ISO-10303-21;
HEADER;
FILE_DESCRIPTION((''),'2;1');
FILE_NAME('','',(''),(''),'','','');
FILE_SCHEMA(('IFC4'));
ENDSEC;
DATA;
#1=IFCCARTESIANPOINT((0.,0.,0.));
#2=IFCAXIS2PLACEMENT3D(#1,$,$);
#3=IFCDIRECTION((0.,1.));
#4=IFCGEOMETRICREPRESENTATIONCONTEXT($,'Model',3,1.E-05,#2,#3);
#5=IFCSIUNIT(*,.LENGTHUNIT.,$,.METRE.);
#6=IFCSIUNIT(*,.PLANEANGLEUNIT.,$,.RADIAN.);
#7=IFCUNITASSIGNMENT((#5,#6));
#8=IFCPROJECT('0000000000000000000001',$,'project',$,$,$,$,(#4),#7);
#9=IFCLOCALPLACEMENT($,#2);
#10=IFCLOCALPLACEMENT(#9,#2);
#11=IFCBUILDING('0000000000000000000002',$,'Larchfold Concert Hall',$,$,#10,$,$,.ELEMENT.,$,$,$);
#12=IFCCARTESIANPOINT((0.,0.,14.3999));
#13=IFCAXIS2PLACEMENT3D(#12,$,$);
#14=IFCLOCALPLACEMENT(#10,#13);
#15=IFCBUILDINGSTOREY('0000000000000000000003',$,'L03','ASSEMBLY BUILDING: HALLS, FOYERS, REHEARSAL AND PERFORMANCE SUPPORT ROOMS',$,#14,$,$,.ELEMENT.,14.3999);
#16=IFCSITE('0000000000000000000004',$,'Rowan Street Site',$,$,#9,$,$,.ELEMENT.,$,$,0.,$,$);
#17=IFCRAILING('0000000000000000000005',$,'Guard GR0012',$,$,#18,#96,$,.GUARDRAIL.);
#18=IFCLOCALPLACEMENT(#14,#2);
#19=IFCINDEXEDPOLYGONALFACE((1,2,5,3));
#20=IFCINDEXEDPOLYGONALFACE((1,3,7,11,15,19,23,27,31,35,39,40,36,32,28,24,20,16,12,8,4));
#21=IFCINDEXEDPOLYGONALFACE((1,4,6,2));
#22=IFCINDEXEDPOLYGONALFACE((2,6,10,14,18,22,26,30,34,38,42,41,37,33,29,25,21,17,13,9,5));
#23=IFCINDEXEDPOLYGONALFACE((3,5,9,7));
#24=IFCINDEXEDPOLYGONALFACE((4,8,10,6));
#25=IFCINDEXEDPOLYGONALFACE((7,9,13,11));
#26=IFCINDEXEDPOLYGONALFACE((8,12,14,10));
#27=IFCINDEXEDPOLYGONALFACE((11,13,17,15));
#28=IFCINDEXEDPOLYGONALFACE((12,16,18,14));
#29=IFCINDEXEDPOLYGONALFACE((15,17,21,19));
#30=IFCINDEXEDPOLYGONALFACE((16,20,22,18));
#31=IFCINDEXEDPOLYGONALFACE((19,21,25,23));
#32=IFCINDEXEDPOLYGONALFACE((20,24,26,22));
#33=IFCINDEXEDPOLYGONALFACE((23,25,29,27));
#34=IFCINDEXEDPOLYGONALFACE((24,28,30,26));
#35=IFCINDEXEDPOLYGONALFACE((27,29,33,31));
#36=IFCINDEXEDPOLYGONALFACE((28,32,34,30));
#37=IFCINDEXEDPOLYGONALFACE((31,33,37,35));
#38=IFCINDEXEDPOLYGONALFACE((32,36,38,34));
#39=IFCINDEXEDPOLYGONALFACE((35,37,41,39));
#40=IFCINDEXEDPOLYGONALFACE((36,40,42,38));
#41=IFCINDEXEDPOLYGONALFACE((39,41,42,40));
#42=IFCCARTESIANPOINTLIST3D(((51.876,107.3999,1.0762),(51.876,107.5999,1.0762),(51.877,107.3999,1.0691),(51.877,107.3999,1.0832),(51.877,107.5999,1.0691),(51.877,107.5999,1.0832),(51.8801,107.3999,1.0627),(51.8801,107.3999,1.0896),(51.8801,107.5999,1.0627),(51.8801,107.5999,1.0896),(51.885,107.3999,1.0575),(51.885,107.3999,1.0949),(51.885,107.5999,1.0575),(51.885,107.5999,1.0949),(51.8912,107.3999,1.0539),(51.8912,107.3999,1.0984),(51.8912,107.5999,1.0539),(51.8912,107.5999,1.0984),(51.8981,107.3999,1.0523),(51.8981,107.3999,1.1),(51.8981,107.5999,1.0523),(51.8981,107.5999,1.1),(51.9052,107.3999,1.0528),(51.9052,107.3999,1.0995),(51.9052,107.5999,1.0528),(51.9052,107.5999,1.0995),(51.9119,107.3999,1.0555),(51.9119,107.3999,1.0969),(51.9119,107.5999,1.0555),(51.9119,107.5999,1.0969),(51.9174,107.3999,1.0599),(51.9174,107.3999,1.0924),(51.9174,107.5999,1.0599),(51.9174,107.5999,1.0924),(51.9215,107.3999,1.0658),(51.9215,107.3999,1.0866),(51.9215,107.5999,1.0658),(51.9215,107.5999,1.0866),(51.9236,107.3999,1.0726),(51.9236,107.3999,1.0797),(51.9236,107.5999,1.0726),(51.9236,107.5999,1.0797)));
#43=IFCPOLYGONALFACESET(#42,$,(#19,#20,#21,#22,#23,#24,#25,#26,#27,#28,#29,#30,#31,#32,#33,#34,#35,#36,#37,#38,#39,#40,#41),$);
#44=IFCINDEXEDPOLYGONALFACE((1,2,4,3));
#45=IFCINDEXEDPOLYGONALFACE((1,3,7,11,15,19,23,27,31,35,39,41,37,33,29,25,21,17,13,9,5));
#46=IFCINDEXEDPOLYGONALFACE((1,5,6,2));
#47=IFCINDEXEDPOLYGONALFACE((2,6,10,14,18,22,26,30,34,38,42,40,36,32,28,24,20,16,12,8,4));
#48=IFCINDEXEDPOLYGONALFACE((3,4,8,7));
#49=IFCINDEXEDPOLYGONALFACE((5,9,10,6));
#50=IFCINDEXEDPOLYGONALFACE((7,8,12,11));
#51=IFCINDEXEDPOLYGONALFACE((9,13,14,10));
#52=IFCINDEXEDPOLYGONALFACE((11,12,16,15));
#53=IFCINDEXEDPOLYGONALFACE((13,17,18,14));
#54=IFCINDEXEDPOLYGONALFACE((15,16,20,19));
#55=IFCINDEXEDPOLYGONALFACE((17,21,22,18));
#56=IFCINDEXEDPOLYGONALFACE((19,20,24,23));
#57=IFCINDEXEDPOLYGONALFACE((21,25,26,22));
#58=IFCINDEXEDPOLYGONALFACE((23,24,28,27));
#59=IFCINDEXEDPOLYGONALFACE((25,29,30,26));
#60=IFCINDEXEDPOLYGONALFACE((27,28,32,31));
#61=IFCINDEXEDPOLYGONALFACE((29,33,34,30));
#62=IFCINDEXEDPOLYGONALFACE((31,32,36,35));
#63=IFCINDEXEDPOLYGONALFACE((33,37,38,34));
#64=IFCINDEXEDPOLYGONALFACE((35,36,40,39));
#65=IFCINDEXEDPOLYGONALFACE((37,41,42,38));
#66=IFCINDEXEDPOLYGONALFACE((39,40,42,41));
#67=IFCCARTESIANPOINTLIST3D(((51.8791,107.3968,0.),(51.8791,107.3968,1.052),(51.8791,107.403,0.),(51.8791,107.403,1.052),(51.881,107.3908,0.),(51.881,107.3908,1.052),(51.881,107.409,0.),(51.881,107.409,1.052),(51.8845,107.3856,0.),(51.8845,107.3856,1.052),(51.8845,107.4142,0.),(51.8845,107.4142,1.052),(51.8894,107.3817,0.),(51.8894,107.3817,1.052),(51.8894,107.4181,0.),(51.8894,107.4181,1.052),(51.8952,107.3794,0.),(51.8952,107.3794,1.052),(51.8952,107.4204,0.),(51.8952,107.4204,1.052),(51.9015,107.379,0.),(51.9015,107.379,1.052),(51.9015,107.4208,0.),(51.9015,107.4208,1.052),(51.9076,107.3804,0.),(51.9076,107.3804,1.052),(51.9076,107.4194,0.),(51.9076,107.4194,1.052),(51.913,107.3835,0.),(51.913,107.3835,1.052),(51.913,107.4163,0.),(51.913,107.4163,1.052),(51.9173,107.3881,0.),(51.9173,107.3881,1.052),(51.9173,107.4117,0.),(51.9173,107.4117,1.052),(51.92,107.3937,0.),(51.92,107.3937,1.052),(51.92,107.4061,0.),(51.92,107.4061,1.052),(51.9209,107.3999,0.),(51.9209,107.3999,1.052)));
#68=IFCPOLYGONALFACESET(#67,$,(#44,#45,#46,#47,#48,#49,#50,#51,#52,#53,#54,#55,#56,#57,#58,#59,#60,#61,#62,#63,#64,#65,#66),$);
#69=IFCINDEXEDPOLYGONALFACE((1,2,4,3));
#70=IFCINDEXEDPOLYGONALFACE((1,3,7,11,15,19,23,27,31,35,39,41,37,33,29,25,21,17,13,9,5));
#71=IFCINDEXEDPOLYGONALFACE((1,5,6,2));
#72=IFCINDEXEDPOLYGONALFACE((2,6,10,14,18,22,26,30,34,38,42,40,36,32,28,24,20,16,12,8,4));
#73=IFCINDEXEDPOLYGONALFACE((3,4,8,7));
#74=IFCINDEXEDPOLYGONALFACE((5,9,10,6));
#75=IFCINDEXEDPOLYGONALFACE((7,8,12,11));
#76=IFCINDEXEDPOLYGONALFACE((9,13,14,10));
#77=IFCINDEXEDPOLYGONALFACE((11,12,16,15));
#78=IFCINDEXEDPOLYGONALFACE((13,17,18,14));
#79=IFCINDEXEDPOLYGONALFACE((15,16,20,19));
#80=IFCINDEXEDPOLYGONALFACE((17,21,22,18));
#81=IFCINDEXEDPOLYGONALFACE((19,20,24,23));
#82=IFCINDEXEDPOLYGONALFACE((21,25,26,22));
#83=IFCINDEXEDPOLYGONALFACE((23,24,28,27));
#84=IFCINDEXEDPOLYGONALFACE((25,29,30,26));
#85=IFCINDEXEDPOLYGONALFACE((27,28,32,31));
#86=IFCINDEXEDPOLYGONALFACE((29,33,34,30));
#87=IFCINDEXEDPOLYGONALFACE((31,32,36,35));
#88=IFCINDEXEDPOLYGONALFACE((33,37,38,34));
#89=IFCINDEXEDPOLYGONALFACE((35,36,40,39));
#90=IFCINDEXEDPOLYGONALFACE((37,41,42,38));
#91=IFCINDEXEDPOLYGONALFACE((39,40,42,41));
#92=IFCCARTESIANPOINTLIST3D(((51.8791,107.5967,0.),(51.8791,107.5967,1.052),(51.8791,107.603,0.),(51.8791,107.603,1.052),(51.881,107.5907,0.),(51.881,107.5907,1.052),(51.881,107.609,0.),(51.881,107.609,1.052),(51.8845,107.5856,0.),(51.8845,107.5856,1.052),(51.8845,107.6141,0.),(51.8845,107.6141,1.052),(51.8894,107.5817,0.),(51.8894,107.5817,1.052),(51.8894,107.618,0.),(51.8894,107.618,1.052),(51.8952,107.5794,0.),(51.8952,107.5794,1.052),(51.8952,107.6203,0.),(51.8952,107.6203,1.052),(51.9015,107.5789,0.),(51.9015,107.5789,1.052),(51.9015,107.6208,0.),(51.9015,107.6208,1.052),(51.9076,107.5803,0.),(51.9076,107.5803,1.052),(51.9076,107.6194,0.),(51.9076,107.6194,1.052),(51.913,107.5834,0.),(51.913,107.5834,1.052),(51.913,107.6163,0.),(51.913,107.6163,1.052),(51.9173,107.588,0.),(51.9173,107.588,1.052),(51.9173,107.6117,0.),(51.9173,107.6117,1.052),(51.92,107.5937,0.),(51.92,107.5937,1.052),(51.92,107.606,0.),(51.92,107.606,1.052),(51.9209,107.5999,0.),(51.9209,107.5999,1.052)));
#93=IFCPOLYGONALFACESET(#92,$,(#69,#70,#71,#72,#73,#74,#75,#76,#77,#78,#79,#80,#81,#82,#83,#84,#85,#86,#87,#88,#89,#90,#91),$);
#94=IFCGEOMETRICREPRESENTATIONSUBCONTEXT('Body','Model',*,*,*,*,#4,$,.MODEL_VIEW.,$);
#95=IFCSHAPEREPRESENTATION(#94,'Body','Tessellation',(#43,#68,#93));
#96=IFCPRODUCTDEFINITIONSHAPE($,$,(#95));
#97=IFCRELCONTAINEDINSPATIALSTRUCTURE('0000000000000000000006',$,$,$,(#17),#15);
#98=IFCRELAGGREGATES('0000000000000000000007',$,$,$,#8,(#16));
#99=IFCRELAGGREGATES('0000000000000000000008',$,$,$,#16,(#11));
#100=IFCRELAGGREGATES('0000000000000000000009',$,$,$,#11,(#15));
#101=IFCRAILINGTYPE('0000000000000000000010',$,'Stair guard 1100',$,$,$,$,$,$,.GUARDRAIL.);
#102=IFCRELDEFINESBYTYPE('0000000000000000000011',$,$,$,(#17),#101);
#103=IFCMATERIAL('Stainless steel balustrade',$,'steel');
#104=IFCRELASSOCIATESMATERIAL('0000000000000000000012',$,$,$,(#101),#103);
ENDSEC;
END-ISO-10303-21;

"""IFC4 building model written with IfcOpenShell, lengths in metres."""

from ifc_helpers import new_model, si_unit, direction, frame, origin, origin_2d, place, context, subcontext, project, spatial, circle, extrude, material, type_object, element, save


model = new_model("IFC4")

# Units and contexts
model_context = context("Model", 3, precision=1e-05, world=origin(), true_north=direction((0.0, 1.0)))
body_context = subcontext(model_context, "Body", "Model", "MODEL_VIEW")
ifc_project = project(units=[si_unit("LENGTHUNIT", "METRE"), si_unit("PLANEANGLEUNIT", "RADIAN")], contexts=[model_context])

# Site, building, storey
site_placement = place(None, origin())
site = spatial("IfcSite", under=ifc_project, at=site_placement, Name="Rowan Street Site", CompositionType="ELEMENT", RefElevation=0.0)
building_placement = place(site_placement, origin())
building = spatial("IfcBuilding", under=site, at=building_placement, Name="Larchfold Concert Hall", CompositionType="ELEMENT")
storey_placement = place(building_placement, frame((0.0, 0.0, 14.3999)))
storey = spatial("IfcBuildingStorey", under=building, at=storey_placement, Name="L03", Description="ASSEMBLY BUILDING: HALLS, FOYERS, REHEARSAL AND PERFORMANCE SUPPORT ROOMS", CompositionType="ELEMENT", Elevation=14.3999)

# Railing
ifc_material_1 = material(Name="Stainless steel balustrade", Category="steel")
railing_type_1 = type_object("IfcRailingType", Name="Stair guard 1100", PredefinedType="GUARDRAIL", material=ifc_material_1)
railing_1_placement = place(storey_placement, frame((51.8999, 107.3999, 0.0)))
element("IfcRailing", 1, at=railing_1_placement, inside=storey, type_object=railing_type_1, Name="Guard GR0012", PredefinedType="GUARDRAIL", context=body_context, shape_type="SweptSolid", body=[
    extrude(circle(Radius=0.0239, at=origin_2d()), frame((0.0, 0.0, 1.0762), z_axis=(0.0, 1.0, 0.0), x_axis=(-1.0, 0.0, 0.0)), (0.0, 0.0, 1.0), 0.2),
    extrude(circle(Radius=0.021, at=origin_2d()), origin(), (0.0, 0.0, 1.0), 1.052),
    extrude(circle(Radius=0.021, at=origin_2d()), frame((0.0, 0.2, 0.0)), (0.0, 0.0, 1.0), 1.052),
])

save(model, "model.ifc")
